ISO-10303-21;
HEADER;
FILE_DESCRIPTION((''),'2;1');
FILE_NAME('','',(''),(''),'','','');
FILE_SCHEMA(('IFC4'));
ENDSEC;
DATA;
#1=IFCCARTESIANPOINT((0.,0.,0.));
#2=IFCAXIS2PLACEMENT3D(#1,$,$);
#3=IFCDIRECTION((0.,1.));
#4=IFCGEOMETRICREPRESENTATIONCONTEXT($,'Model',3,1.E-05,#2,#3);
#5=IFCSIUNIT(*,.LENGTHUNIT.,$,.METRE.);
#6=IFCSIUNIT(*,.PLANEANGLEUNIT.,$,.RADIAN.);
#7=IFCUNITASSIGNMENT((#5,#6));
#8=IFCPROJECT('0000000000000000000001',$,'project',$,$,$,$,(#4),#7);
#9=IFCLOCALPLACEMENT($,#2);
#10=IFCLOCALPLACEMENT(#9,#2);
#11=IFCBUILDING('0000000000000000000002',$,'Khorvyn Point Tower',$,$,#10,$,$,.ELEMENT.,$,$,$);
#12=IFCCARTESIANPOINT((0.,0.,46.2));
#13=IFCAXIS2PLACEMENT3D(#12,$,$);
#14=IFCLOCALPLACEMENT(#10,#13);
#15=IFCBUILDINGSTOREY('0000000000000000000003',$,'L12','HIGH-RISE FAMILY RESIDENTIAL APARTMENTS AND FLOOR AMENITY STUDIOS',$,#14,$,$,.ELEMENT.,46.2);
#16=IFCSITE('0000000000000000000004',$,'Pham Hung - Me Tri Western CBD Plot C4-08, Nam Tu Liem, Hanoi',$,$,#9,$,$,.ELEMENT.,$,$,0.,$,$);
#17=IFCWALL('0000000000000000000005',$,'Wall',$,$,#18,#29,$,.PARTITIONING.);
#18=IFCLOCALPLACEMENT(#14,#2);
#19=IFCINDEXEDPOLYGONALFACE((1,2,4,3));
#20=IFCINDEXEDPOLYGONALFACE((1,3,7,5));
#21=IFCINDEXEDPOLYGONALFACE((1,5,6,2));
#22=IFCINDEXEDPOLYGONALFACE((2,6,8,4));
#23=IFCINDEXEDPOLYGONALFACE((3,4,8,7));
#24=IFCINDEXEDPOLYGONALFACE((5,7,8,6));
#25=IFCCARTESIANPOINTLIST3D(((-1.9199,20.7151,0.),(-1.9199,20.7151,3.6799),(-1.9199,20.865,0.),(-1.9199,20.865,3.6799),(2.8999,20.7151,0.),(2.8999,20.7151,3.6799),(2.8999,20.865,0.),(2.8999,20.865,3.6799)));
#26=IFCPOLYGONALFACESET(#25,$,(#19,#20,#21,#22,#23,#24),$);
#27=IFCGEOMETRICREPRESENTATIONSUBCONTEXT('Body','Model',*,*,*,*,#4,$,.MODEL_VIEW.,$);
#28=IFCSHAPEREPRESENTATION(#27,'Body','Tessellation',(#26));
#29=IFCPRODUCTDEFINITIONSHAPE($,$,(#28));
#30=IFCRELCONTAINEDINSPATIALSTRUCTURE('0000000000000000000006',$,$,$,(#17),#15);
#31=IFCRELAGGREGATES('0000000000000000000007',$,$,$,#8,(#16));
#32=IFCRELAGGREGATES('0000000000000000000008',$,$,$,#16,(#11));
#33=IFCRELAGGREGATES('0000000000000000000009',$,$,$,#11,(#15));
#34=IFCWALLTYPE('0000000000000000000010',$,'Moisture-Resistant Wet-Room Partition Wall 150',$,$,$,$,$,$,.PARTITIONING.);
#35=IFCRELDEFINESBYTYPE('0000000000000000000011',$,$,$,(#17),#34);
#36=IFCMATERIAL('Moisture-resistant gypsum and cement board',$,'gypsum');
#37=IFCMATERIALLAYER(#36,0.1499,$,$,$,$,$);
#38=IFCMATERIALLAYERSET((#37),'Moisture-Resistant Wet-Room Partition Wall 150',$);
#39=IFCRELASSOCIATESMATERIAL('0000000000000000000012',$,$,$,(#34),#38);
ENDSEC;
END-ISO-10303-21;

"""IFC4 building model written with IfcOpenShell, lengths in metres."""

from ifc_helpers import new_model, si_unit, direction, frame, frame_2d, origin, place, context, subcontext, project, spatial, rectangle, extrude, material, layer, layer_set, type_object, element, save


model = new_model("IFC4")

# Units and contexts
model_context = context("Model", 3, precision=1e-05, world=origin(), true_north=direction((0.0, 1.0)))
body_context = subcontext(model_context, "Body", "Model", "MODEL_VIEW")
ifc_project = project(units=[si_unit("LENGTHUNIT", "METRE"), si_unit("PLANEANGLEUNIT", "RADIAN")], contexts=[model_context])

# Site, building, storey
site_placement = place(None, origin())
site = spatial("IfcSite", under=ifc_project, at=site_placement, Name="Pham Hung - Me Tri Western CBD Plot C4-08, Nam Tu Liem, Hanoi", CompositionType="ELEMENT", RefElevation=0.0)
building_placement = place(site_placement, origin())
building = spatial("IfcBuilding", under=site, at=building_placement, Name="Khorvyn Point Tower", CompositionType="ELEMENT")
storey_placement = place(building_placement, frame((0.0, 0.0, 46.2)))
storey = spatial("IfcBuildingStorey", under=building, at=storey_placement, Name="L12", Description="HIGH-RISE FAMILY RESIDENTIAL APARTMENTS AND FLOOR AMENITY STUDIOS", CompositionType="ELEMENT", Elevation=46.2)

# Shared definitions
ifc_material_1 = material(Name="Moisture-resistant gypsum and cement board", Category="gypsum")
ifc_layer_1 = layer(ifc_material_1, 0.1499)
ifc_layer_set_1 = layer_set([ifc_layer_1], Name="Moisture-Resistant Wet-Room Partition Wall 150")
wall_type_1 = type_object("IfcWallType", Name="Moisture-Resistant Wet-Room Partition Wall 150", PredefinedType="PARTITIONING", material=ifc_layer_set_1)

# Wall
for number, where, z_axis, x_axis, name in (
    (1, (-1.9199, 20.79, 0.0), (0.0, 0.0, 1.0), (1.0, 0.0, 0.0), "Wall"),
):
    element("IfcWall", number, at=place(storey_placement, frame(where, z_axis=z_axis, x_axis=x_axis)), inside=storey, type_object=wall_type_1, Name=name, PredefinedType="PARTITIONING", context=body_context, shape_type="SweptSolid", body=[
        extrude(rectangle(XDim=4.8198, YDim=0.1499, at=frame_2d((2.4099, 0.0))), origin(), (0.0, 0.0, 1.0), 3.6799),
    ])

save(model, "model.ifc")
